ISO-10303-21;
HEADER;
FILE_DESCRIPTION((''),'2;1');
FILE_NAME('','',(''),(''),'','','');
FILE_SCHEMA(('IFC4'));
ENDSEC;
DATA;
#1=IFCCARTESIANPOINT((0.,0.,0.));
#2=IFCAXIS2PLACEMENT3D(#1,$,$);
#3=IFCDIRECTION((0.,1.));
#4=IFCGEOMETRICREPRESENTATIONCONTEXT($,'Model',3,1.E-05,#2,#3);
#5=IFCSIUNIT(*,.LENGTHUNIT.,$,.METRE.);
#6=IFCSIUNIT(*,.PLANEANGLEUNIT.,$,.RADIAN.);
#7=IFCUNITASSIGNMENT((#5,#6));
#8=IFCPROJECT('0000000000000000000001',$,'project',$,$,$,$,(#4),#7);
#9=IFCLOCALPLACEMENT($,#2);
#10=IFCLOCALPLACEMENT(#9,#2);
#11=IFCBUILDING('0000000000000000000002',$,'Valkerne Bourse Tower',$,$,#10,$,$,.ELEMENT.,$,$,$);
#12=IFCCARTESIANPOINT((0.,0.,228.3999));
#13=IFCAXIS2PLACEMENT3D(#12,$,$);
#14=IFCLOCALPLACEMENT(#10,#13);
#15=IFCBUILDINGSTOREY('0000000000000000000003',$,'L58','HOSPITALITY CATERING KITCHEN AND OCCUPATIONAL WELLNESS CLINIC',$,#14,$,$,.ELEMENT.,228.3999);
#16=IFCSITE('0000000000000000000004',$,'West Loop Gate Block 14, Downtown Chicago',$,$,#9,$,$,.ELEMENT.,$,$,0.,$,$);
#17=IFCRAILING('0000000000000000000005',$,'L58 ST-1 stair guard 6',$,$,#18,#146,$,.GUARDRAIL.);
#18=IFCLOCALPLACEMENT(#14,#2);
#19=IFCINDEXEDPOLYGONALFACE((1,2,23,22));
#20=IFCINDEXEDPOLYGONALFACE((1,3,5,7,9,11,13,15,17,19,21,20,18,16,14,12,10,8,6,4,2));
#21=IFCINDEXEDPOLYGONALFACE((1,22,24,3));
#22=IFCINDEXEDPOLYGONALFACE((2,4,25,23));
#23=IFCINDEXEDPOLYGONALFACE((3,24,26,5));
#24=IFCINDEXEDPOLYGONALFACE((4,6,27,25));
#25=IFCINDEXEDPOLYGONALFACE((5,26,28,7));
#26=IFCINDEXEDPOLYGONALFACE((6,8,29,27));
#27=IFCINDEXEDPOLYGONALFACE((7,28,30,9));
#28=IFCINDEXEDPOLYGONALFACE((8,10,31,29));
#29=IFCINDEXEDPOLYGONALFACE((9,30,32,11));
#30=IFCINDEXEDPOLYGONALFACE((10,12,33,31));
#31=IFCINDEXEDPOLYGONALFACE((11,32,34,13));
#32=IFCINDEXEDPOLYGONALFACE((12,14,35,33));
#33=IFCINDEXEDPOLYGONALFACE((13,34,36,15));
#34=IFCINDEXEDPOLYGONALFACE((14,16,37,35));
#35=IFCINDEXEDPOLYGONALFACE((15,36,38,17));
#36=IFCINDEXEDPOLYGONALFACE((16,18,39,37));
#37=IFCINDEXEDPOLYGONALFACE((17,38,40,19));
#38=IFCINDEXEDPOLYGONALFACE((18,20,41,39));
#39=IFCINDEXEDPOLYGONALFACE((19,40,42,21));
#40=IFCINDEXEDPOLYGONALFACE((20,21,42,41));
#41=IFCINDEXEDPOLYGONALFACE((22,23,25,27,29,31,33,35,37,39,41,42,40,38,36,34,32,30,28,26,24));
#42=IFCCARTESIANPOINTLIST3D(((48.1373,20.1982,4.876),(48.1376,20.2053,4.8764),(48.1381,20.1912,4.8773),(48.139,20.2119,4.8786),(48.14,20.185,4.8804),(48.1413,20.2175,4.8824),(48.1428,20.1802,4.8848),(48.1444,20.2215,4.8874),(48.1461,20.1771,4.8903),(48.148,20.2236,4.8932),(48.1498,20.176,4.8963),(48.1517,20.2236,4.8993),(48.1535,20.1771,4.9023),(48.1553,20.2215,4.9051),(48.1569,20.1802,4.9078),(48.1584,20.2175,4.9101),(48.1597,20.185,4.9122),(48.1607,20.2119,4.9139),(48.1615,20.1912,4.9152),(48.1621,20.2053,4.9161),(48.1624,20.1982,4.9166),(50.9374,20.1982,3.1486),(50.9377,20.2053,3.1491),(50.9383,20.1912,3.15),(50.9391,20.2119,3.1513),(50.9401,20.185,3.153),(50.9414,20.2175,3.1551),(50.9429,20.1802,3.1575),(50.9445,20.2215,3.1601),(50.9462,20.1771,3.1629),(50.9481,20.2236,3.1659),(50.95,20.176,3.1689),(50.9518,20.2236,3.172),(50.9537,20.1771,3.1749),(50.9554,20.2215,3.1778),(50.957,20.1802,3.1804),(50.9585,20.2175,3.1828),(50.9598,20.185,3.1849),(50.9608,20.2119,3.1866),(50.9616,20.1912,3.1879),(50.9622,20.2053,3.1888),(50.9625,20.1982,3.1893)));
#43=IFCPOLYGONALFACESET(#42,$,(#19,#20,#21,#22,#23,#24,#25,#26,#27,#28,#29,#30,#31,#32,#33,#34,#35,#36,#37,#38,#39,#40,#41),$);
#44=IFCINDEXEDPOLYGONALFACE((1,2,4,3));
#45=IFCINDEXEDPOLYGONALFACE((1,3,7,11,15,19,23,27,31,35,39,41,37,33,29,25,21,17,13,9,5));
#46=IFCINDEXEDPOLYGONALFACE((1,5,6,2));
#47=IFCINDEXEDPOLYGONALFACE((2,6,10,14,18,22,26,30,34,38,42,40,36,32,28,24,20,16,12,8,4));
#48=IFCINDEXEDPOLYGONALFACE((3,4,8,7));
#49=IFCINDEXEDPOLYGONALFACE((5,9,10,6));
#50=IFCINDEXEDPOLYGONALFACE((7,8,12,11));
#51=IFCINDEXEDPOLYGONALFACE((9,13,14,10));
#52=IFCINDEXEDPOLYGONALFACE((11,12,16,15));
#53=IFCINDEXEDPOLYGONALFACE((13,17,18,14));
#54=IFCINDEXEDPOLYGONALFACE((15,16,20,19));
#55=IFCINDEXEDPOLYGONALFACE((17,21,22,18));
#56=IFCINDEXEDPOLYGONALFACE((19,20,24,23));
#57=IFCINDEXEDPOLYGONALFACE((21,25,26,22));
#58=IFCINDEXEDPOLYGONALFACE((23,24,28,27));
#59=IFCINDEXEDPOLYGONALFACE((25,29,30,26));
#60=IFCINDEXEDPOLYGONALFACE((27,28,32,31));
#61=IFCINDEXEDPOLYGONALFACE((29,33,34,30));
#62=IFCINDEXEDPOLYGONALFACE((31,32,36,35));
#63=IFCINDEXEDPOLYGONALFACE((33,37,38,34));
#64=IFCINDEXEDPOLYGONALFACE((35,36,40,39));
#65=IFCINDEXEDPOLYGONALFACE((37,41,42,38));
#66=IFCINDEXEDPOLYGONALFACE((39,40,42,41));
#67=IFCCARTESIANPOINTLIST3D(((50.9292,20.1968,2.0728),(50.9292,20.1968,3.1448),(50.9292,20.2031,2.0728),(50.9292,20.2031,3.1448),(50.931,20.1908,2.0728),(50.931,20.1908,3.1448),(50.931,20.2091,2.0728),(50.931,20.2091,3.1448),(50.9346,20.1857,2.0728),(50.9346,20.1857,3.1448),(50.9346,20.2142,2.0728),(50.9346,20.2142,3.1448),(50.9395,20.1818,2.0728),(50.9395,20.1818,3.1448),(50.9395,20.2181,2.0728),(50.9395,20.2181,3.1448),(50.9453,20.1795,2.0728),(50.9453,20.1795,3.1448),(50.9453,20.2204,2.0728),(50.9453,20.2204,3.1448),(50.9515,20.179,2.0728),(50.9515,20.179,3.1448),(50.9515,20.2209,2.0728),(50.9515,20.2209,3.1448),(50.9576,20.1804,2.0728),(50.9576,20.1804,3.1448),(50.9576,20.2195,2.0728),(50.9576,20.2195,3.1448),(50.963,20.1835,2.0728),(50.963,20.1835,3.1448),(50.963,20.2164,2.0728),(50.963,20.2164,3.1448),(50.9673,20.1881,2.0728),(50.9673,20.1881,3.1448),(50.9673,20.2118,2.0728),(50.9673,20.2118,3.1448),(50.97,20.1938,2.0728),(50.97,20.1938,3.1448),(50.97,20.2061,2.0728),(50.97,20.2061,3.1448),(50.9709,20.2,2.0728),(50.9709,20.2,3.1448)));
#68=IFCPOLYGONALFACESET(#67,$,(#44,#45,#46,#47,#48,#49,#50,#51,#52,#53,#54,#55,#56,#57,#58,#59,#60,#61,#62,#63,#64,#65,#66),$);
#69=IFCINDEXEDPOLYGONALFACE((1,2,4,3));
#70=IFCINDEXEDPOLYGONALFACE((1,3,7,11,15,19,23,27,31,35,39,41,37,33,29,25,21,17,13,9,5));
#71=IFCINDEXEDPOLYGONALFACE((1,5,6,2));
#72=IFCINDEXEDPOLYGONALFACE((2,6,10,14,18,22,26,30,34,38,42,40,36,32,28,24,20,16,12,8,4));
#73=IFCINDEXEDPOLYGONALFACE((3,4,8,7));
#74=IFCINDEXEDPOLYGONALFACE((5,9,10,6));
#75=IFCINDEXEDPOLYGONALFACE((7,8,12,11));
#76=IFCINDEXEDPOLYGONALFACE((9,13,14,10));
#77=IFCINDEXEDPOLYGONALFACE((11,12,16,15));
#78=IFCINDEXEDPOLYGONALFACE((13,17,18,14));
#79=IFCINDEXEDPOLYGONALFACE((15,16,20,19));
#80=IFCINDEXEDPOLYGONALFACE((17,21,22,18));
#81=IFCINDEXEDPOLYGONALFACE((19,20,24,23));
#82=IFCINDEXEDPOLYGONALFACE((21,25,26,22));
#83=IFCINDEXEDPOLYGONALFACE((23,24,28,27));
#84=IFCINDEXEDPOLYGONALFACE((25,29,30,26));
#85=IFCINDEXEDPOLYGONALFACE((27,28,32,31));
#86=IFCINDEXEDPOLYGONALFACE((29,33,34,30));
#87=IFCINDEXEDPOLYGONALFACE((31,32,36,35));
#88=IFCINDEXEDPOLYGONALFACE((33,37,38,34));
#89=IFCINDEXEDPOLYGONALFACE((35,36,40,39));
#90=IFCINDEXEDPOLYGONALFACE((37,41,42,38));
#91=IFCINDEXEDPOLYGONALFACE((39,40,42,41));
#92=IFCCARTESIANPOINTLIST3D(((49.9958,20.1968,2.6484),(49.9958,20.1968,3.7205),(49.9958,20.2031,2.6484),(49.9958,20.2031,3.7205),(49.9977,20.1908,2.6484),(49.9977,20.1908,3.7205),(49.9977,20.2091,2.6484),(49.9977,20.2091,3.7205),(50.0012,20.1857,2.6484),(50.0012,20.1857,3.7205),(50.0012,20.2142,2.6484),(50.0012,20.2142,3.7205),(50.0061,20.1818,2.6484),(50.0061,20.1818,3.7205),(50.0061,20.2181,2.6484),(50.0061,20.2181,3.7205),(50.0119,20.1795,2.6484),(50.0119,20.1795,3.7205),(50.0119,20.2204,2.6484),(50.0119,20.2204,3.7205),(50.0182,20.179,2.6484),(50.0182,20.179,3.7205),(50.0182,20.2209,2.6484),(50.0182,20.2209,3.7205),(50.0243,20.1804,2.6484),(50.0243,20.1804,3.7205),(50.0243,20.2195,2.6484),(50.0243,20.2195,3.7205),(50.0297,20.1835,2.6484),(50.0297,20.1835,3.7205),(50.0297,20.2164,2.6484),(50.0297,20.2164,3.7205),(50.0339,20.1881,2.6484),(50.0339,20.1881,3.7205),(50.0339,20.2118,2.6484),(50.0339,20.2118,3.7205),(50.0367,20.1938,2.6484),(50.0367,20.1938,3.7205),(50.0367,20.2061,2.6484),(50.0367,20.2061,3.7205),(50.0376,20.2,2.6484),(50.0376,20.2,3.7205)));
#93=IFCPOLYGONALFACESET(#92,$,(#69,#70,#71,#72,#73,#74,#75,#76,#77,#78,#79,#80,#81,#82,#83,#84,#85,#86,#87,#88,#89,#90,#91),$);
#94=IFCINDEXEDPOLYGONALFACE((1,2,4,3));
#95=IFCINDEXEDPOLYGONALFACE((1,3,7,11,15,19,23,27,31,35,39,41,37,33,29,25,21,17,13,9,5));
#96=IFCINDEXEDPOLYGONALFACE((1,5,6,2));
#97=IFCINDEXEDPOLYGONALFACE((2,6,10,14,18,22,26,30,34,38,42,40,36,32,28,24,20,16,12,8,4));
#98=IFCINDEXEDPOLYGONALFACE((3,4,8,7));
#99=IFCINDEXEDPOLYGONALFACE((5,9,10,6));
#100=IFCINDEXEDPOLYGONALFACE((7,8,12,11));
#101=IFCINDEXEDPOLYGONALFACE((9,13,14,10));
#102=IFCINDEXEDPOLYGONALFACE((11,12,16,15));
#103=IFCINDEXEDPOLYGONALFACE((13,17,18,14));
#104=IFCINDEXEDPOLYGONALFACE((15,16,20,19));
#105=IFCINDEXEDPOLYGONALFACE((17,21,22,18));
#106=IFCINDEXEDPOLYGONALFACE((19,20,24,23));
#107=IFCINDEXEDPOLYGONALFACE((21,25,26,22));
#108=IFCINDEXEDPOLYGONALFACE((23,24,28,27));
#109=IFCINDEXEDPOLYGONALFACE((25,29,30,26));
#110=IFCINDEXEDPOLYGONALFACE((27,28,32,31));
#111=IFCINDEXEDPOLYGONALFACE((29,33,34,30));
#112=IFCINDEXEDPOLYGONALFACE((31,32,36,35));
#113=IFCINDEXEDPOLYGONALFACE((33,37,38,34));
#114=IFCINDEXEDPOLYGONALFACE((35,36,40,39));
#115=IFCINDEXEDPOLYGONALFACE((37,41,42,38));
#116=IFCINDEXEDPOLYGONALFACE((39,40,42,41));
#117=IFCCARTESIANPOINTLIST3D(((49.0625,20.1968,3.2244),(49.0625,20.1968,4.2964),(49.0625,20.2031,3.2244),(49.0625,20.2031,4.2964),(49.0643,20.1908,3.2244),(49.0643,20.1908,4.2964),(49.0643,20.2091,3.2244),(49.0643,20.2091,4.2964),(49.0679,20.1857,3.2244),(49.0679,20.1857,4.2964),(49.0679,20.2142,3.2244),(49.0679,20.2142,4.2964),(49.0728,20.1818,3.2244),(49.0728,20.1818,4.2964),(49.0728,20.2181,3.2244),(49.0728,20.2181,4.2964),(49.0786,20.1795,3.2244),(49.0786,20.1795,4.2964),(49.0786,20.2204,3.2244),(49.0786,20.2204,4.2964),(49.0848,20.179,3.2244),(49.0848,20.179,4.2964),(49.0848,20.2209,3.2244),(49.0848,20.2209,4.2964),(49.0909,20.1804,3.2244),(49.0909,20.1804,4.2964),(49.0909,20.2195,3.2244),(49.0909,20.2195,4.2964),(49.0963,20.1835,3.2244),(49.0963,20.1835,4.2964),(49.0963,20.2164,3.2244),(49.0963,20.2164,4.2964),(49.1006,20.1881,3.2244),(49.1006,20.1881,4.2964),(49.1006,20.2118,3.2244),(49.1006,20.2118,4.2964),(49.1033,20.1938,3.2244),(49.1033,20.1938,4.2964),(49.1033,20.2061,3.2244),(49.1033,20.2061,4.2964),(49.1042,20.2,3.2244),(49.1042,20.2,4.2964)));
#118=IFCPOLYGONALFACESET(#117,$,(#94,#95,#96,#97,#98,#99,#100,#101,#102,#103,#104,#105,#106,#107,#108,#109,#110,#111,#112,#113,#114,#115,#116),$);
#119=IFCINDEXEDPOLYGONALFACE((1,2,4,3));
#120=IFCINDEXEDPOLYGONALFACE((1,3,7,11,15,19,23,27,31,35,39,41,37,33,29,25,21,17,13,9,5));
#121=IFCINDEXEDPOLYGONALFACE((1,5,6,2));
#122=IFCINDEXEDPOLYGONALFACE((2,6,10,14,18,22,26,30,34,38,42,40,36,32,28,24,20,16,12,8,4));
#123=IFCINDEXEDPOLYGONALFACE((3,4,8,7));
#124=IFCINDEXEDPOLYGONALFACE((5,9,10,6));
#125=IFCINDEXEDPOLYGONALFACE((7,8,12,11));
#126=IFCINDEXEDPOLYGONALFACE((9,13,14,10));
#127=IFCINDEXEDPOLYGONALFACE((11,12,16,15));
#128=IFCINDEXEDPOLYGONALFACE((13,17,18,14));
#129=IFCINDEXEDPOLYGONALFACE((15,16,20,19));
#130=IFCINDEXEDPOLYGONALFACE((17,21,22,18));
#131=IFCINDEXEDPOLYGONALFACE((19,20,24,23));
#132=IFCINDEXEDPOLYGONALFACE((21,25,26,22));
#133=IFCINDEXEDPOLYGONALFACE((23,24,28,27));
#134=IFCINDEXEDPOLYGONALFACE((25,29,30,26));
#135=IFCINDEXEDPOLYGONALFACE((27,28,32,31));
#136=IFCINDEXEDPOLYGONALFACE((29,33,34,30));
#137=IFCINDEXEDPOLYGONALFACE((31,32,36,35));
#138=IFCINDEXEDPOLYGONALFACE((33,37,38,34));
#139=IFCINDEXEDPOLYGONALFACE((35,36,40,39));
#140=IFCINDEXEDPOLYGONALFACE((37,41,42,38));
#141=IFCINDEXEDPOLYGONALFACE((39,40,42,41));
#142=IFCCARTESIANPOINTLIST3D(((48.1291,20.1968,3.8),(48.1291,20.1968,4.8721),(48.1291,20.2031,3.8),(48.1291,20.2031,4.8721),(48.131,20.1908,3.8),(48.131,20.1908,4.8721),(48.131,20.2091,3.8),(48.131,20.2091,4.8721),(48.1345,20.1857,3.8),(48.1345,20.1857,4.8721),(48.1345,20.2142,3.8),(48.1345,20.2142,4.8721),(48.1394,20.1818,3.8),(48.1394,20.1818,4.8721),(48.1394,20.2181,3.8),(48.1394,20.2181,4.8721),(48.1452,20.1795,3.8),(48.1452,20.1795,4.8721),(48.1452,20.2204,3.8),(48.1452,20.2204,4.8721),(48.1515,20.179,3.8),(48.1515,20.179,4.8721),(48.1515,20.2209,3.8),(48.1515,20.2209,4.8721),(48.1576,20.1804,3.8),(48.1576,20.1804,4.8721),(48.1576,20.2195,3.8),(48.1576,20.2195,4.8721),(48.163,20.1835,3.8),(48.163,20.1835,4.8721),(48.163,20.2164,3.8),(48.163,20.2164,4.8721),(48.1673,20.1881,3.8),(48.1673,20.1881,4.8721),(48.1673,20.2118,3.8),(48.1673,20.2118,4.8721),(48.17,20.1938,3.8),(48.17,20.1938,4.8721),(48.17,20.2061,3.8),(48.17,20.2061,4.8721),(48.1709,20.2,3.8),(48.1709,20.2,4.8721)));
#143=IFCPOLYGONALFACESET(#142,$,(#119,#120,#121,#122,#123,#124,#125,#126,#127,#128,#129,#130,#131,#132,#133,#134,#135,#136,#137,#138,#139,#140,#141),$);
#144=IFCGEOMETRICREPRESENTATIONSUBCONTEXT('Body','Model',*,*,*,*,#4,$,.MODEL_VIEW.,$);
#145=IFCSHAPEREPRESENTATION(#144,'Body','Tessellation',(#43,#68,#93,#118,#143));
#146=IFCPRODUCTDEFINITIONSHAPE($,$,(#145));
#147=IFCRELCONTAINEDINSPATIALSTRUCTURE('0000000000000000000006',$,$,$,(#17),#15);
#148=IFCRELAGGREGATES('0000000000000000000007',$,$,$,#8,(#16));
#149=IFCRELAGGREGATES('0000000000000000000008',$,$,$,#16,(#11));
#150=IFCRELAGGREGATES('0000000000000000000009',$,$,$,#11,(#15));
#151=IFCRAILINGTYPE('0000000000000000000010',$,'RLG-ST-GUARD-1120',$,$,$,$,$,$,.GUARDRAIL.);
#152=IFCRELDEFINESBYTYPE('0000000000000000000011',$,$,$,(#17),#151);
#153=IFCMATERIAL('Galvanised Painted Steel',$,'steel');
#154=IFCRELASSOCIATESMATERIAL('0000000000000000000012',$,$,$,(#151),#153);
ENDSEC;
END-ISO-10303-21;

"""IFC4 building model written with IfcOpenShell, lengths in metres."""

from ifc_helpers import new_model, si_unit, direction, frame, origin, origin_2d, place, context, subcontext, project, spatial, circle, extrude, material, type_object, element, save


model = new_model("IFC4")

# Units and contexts
model_context = context("Model", 3, precision=1e-05, world=origin(), true_north=direction((0.0, 1.0)))
body_context = subcontext(model_context, "Body", "Model", "MODEL_VIEW")
ifc_project = project(units=[si_unit("LENGTHUNIT", "METRE"), si_unit("PLANEANGLEUNIT", "RADIAN")], contexts=[model_context])

# Site, building, storey
site_placement = place(None, origin())
site = spatial("IfcSite", under=ifc_project, at=site_placement, Name="West Loop Gate Block 14, Downtown Chicago", CompositionType="ELEMENT", RefElevation=0.0)
building_placement = place(site_placement, origin())
building = spatial("IfcBuilding", under=site, at=building_placement, Name="Valkerne Bourse Tower", CompositionType="ELEMENT")
storey_placement = place(building_placement, frame((0.0, 0.0, 228.3999)))
storey = spatial("IfcBuildingStorey", under=building, at=storey_placement, Name="L58", Description="HOSPITALITY CATERING KITCHEN AND OCCUPATIONAL WELLNESS CLINIC", CompositionType="ELEMENT", Elevation=228.3999)

# Shared definitions
ifc_material_1 = material(Name="Galvanised Painted Steel", Category="steel")

# Railing
railing_type_1 = type_object("IfcRailingType", Name="RLG-ST-GUARD-1120", PredefinedType="GUARDRAIL", material=ifc_material_1)
railing_1_placement = place(storey_placement, frame((50.95, 20.2, 2.0728)))
element("IfcRailing", 1, at=railing_1_placement, inside=storey, type_object=railing_type_1, Name="L58 ST-1 stair guard 6", PredefinedType="GUARDRAIL", context=body_context, shape_type="SweptSolid", body=[
    extrude(circle(Radius=0.0239, at=origin_2d()), frame((0.0, 0.0, 1.0962), z_axis=(-0.85109, 0.0, 0.52502), x_axis=(0.0, -1.0, 0.0)), (0.0, 0.0, 1.0), 3.29),
    extrude(circle(Radius=0.021, at=origin_2d()), origin(), (0.0, 0.0, 1.0), 1.072),
    extrude(circle(Radius=0.021, at=origin_2d()), frame((-0.9333, 0.0, 0.5757)), (0.0, 0.0, 1.0), 1.072),
    extrude(circle(Radius=0.021, at=origin_2d()), frame((-1.8667, 0.0, 1.1516)), (0.0, 0.0, 1.0), 1.072),
    extrude(circle(Radius=0.021, at=origin_2d()), frame((-2.8, 0.0, 1.7273)), (0.0, 0.0, 1.0), 1.072),
])

save(model, "model.ifc")
